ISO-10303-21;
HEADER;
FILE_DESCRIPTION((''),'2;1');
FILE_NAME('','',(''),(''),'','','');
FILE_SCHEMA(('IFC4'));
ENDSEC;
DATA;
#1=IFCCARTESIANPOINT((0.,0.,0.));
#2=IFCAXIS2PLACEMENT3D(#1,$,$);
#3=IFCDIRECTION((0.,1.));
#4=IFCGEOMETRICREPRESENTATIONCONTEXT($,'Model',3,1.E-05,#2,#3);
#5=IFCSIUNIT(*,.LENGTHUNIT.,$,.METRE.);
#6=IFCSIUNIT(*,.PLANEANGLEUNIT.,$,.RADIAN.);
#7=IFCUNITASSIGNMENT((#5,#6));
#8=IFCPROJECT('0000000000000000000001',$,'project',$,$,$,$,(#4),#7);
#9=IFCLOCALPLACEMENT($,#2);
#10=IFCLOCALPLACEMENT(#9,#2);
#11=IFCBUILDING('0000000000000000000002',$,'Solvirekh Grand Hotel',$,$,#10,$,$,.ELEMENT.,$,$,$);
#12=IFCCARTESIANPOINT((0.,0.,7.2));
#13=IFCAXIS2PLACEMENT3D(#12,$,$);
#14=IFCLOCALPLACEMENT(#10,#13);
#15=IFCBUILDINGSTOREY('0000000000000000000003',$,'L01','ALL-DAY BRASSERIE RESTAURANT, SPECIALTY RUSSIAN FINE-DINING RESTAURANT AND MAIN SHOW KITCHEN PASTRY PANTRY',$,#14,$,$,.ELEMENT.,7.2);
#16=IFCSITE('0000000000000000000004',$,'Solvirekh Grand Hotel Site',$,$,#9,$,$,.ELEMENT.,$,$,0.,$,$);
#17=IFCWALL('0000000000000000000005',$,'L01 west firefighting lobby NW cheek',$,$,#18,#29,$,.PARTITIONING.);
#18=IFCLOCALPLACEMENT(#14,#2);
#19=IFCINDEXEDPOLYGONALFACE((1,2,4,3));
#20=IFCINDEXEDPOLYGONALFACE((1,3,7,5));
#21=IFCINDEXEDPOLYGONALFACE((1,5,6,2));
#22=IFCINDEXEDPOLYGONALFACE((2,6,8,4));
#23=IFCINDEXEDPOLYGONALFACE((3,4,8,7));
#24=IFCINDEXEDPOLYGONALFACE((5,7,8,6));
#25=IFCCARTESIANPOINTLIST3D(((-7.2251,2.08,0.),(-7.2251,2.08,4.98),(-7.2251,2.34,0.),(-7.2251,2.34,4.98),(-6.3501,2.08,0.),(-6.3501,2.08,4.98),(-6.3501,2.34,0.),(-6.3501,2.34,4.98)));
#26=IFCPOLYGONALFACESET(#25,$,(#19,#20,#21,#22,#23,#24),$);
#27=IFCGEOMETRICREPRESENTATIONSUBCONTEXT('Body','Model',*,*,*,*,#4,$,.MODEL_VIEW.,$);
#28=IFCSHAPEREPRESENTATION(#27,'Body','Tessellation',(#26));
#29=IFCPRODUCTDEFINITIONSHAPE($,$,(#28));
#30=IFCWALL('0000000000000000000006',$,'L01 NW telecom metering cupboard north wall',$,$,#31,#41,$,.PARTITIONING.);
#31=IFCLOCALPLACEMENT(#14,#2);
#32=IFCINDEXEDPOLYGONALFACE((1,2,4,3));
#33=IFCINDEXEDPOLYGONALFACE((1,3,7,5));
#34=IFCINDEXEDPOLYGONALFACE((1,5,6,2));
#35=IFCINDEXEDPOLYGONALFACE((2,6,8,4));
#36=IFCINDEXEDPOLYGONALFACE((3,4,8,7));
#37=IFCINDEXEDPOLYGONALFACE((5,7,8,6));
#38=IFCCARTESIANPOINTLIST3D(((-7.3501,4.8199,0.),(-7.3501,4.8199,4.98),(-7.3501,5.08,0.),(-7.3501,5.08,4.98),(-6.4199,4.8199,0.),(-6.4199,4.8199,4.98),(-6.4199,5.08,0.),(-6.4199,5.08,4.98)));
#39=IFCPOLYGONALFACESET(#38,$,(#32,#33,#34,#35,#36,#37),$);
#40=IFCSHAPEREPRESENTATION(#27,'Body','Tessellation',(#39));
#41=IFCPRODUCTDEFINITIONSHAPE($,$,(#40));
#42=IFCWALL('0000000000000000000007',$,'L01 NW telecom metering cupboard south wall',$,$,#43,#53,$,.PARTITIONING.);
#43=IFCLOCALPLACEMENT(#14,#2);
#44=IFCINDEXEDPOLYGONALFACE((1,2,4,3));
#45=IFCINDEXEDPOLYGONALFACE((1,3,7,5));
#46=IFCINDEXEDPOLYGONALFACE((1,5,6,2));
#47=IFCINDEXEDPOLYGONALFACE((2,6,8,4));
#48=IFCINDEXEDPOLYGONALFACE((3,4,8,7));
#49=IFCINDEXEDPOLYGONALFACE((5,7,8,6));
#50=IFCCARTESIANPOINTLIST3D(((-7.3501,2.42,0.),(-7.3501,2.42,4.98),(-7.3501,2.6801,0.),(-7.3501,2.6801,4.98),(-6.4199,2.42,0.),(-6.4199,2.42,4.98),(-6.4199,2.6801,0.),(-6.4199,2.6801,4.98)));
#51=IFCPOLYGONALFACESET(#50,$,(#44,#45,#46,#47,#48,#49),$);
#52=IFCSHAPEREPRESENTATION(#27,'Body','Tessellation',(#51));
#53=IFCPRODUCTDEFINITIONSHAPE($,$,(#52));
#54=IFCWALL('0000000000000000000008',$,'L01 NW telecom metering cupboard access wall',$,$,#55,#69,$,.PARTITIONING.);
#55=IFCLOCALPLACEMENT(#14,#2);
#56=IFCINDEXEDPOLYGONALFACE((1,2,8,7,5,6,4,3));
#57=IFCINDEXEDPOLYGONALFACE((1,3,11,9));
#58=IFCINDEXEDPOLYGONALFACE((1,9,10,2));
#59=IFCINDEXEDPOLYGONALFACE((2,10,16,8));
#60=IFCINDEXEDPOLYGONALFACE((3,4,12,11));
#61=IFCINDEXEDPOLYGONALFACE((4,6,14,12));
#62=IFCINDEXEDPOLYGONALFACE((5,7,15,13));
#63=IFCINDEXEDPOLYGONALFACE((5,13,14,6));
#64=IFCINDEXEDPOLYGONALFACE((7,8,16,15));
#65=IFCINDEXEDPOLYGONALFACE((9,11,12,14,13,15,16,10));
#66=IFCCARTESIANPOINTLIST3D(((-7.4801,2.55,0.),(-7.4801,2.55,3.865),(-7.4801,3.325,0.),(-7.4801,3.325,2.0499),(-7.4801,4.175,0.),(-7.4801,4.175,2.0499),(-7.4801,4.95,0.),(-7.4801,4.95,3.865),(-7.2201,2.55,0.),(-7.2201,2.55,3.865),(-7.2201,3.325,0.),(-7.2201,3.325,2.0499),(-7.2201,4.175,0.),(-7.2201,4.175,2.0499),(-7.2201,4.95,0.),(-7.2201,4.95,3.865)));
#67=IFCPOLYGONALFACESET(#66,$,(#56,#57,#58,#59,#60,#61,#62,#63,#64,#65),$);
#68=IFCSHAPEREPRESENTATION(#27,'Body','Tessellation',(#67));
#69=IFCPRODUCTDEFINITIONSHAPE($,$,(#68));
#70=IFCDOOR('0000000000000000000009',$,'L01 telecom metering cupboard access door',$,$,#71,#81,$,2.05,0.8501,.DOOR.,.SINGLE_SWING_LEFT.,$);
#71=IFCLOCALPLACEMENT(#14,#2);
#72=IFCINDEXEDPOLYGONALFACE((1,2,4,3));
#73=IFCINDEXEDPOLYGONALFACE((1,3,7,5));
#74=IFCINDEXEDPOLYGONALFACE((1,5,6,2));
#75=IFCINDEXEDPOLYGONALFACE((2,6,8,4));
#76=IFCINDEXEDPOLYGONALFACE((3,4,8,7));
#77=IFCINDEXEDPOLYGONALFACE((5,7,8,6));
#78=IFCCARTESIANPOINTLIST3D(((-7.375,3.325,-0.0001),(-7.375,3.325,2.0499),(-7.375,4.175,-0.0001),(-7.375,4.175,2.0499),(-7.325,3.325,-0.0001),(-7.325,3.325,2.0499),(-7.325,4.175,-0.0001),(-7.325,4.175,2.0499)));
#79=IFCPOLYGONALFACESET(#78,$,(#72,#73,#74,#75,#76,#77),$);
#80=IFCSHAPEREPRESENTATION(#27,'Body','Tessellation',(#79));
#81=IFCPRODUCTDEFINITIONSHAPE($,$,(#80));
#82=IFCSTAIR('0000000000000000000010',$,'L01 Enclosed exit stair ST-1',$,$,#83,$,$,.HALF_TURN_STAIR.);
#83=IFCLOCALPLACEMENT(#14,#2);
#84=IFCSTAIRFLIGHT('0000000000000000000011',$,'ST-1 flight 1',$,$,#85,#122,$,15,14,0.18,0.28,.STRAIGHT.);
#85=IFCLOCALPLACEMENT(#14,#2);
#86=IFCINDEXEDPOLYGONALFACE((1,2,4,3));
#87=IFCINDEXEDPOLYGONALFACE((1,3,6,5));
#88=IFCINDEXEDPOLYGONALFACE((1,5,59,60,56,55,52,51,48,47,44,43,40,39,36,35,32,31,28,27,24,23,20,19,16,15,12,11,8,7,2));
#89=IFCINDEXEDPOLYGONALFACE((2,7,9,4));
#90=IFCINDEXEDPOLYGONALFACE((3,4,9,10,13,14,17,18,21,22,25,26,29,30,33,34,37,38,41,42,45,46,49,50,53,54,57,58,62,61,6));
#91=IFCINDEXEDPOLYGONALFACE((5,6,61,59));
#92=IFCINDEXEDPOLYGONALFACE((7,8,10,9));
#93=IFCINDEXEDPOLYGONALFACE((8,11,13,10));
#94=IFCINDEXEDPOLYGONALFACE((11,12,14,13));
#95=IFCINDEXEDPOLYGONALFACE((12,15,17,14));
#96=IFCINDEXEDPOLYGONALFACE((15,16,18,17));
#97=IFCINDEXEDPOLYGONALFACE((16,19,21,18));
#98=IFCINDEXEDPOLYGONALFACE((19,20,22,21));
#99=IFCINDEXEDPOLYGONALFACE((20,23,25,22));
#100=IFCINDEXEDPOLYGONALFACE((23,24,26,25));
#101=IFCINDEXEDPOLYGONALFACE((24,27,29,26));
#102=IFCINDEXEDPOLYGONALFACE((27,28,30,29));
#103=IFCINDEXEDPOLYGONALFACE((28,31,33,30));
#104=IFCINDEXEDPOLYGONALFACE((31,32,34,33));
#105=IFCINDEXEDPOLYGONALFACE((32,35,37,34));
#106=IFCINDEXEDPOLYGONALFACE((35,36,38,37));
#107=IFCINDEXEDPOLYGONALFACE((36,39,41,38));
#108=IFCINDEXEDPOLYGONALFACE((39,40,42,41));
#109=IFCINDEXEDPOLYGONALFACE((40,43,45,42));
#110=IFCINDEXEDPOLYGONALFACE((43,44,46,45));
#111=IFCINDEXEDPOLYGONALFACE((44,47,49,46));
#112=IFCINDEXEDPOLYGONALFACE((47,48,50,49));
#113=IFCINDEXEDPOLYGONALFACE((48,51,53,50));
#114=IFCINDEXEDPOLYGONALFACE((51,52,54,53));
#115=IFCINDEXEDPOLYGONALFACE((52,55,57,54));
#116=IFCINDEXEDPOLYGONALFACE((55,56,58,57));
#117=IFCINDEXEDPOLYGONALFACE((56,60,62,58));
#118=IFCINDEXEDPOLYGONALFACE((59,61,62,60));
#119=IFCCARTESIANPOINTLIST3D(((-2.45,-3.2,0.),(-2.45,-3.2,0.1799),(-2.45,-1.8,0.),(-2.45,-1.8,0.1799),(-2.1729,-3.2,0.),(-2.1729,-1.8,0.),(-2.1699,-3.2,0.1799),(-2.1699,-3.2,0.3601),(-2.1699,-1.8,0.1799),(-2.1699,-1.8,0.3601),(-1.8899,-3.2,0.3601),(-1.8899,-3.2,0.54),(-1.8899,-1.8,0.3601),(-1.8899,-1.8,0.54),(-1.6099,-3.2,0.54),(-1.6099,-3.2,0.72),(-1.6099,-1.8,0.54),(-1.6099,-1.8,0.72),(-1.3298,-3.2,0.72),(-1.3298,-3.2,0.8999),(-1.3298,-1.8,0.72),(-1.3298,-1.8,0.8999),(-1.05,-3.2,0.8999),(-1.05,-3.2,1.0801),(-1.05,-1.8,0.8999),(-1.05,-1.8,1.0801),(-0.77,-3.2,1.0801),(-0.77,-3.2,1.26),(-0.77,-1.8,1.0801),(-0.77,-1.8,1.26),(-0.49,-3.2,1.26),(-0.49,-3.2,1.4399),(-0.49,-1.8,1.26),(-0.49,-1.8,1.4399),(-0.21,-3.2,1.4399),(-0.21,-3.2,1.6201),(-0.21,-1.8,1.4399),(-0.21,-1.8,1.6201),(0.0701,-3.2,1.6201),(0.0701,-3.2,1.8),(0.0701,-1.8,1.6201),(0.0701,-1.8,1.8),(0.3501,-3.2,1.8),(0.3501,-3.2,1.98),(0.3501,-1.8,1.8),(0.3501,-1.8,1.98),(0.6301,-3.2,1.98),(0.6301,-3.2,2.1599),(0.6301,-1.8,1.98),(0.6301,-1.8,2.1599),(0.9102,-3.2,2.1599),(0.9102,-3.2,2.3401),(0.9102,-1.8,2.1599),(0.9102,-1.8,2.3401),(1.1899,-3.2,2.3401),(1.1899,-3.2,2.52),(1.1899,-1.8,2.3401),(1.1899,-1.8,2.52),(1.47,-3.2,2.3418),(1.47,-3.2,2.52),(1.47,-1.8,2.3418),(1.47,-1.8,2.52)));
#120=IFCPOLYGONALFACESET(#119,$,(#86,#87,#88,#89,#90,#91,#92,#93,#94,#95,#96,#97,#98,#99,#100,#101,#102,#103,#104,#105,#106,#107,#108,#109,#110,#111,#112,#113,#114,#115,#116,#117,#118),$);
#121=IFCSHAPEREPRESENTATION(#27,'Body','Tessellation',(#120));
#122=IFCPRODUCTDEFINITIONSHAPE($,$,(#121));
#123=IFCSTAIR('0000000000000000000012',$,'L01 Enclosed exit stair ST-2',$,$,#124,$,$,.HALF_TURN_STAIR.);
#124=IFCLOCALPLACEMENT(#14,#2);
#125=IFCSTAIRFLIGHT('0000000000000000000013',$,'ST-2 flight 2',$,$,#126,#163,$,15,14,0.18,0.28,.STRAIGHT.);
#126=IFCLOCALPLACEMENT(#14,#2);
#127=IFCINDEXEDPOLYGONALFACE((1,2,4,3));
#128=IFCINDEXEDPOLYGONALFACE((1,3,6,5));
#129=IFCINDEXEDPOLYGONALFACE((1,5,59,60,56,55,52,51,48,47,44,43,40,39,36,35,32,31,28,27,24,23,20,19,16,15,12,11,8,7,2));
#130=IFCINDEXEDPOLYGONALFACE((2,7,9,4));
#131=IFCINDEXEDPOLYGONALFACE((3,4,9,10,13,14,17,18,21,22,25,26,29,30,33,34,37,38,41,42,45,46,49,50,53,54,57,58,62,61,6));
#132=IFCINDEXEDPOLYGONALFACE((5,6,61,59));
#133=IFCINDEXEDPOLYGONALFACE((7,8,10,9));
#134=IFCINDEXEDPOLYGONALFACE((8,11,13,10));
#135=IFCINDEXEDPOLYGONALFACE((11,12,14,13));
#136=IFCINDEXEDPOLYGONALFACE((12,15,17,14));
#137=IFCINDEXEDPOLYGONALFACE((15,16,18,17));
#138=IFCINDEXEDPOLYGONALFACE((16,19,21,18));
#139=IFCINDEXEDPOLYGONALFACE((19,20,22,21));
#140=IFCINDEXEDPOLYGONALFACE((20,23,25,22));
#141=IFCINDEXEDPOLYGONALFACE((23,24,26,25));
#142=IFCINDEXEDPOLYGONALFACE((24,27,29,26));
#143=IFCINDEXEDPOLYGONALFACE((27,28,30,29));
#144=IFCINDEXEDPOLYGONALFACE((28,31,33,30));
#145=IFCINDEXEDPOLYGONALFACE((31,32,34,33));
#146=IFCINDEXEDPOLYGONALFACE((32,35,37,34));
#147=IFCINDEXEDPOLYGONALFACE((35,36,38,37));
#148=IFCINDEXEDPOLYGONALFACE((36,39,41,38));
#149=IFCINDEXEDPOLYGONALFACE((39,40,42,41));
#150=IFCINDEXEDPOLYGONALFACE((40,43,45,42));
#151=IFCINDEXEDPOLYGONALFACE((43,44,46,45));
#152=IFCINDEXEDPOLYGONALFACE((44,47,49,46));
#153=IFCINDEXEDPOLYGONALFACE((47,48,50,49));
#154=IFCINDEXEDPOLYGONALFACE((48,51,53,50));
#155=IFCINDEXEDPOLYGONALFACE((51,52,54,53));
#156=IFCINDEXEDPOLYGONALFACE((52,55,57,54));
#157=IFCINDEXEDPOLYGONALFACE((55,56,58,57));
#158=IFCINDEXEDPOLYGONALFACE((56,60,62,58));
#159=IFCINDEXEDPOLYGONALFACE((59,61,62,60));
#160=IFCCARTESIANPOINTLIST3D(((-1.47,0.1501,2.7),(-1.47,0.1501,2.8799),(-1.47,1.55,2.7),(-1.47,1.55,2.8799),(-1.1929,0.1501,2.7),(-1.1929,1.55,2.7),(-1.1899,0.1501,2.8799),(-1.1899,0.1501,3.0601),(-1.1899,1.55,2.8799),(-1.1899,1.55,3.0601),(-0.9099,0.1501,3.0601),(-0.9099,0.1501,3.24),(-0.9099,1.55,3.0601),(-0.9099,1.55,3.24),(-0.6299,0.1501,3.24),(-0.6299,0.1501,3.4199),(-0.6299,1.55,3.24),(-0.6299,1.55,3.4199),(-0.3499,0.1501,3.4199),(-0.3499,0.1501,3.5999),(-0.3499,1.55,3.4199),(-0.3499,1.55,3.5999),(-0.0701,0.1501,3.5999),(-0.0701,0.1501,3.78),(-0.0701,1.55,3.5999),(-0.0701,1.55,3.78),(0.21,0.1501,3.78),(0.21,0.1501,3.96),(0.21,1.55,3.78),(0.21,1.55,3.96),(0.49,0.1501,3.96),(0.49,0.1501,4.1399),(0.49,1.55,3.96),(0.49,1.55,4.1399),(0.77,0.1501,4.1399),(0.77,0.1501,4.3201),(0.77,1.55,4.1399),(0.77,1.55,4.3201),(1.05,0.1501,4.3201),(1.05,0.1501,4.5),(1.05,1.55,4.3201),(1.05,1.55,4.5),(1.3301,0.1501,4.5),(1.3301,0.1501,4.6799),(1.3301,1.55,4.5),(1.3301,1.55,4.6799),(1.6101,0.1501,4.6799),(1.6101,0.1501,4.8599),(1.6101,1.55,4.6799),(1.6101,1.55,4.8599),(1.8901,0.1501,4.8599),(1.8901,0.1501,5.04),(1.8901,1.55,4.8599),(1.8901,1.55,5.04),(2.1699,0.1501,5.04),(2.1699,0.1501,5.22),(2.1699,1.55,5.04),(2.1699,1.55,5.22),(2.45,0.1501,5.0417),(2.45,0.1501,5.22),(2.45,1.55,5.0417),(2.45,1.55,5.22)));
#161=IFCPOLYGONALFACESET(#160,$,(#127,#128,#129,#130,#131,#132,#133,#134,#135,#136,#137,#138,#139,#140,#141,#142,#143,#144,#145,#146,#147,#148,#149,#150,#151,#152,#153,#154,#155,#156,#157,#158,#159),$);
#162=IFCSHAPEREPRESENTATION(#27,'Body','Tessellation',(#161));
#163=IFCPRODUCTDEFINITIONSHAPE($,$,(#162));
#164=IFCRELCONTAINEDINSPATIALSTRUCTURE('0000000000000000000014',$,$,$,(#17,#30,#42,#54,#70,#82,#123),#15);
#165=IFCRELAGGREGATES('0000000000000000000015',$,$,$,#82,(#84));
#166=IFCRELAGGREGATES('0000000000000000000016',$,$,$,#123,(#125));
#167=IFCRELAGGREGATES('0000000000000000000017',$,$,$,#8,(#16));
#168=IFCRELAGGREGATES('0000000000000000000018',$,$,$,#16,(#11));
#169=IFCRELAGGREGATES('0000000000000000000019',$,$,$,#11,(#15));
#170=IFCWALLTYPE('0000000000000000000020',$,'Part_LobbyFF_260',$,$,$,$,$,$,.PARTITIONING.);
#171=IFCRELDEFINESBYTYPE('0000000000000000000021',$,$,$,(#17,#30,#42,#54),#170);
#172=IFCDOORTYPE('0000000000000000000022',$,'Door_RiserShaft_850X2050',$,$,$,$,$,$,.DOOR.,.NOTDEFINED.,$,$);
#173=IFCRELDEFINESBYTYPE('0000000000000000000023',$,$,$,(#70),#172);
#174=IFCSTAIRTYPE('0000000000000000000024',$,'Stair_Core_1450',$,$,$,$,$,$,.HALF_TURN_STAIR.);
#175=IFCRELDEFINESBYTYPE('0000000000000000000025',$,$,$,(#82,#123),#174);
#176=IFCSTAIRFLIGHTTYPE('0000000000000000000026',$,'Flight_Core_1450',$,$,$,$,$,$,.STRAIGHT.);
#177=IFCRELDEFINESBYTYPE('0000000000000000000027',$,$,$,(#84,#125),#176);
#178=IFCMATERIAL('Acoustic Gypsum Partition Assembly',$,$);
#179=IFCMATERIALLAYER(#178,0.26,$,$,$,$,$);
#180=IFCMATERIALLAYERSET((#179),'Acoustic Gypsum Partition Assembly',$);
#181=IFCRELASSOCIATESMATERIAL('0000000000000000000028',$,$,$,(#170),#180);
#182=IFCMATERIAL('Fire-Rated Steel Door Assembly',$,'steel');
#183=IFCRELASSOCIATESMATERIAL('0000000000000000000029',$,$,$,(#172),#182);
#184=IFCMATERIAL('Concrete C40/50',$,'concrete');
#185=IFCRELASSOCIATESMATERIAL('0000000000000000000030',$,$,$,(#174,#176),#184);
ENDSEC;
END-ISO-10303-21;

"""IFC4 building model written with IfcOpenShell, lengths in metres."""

from ifc_helpers import new_model, si_unit, direction, frame, frame_2d, origin, place, context, subcontext, project, spatial, polyline, rectangle, outline, extrude, material, layer, layer_set, type_object, element, fill, aggregate, save


model = new_model("IFC4")

# Units and contexts
model_context = context("Model", 3, precision=1e-05, world=origin(), true_north=direction((0.0, 1.0)))
body_context = subcontext(model_context, "Body", "Model", "MODEL_VIEW")
ifc_project = project(units=[si_unit("LENGTHUNIT", "METRE"), si_unit("PLANEANGLEUNIT", "RADIAN")], contexts=[model_context])

# Site, building, storey
site_placement = place(None, origin())
site = spatial("IfcSite", under=ifc_project, at=site_placement, Name="Solvirekh Grand Hotel Site", CompositionType="ELEMENT", RefElevation=0.0)
building_placement = place(site_placement, origin())
building = spatial("IfcBuilding", under=site, at=building_placement, Name="Solvirekh Grand Hotel", CompositionType="ELEMENT")
storey_placement = place(building_placement, frame((0.0, 0.0, 7.2)))
storey = spatial("IfcBuildingStorey", under=building, at=storey_placement, Name="L01", Description="ALL-DAY BRASSERIE RESTAURANT, SPECIALTY RUSSIAN FINE-DINING RESTAURANT AND MAIN SHOW KITCHEN PASTRY PANTRY", CompositionType="ELEMENT", Elevation=7.2)

# Shared definitions
ifc_material_1 = material(Name="Concrete C40/50", Category="concrete")

# Shared definitions
ifc_material_2 = material(Name="Fire-Rated Steel Door Assembly", Category="steel")

# Walls
ifc_material_3 = material(Name="Acoustic Gypsum Partition Assembly")
ifc_layer_1 = layer(ifc_material_3, 0.26)
ifc_layer_set_1 = layer_set([ifc_layer_1], Name="Acoustic Gypsum Partition Assembly")
wall_type_1 = type_object("IfcWallType", Name="Part_LobbyFF_260", PredefinedType="PARTITIONING", material=ifc_layer_set_1)
wall_1_placement = place(storey_placement, frame((-7.2251, 2.21, 0.0), z_axis=(0.0, 0.0, 1.0), x_axis=(1.0, 0.0, 0.0)))
element("IfcWall", 1, at=wall_1_placement, inside=storey, type_object=wall_type_1, Name="L01 west firefighting lobby NW cheek", PredefinedType="PARTITIONING", context=body_context, shape_type="SweptSolid", body=[
    extrude(rectangle(XDim=0.875, YDim=0.26, at=frame_2d((0.4375, 0.0))), origin(), (0.0, 0.0, 1.0), 4.98),
])
for number, where, z_axis, x_axis, name in (
    (2, (-7.3501, 4.95, 0.0), (0.0, 0.0, 1.0), (1.0, 0.0, 0.0), "L01 NW telecom metering cupboard north wall"),
    (3, (-7.3501, 2.55, 0.0), (0.0, 0.0, 1.0), (1.0, 0.0, 0.0), "L01 NW telecom metering cupboard south wall"),
):
    element("IfcWall", number, at=place(storey_placement, frame(where, z_axis=z_axis, x_axis=x_axis)), inside=storey, type_object=wall_type_1, Name=name, PredefinedType="PARTITIONING", context=body_context, shape_type="SweptSolid", body=[
        extrude(rectangle(XDim=0.9302, YDim=0.26, at=frame_2d((0.4651, 0.0))), origin(), (0.0, 0.0, 1.0), 4.98),
    ])

# Wall, opening, door
wall_2_placement = place(storey_placement, frame((-7.3501, 2.55, 0.0), z_axis=(0.0, 0.0, 1.0), x_axis=(0.0, 1.0, 0.0)))
wall_2 = element("IfcWall", 4, at=wall_2_placement, inside=storey, type_object=wall_type_1, Name="L01 NW telecom metering cupboard access wall", PredefinedType="PARTITIONING", context=body_context, shape_type="SweptSolid", body=[
    extrude(rectangle(XDim=2.3999, YDim=0.26, at=frame_2d((1.2, 0.0))), origin(), (0.0, 0.0, 1.0), 3.865),
])
opening_1_placement = place(wall_2_placement, frame((0.7749, 0.0, 0.0)))
opening_1 = element("IfcOpeningElement", 5, at=opening_1_placement, cuts=wall_2, PredefinedType="OPENING", context=body_context, shape_type="SweptSolid", body=[
    extrude(rectangle(XDim=0.8501, YDim=2.05, at=frame_2d((0.425, 1.0249))), frame((0.0, 0.1401, 0.0), z_axis=(0.0, -1.0, 0.0), x_axis=(1.0, 0.0, 0.0)), (0.0, 0.0, 1.0), 0.28),
])
door_type_1 = type_object("IfcDoorType", Name="Door_RiserShaft_850X2050", OperationType="NOTDEFINED", PredefinedType="DOOR", material=ifc_material_2)
door_1_placement = place(opening_1_placement, origin())
door_1 = element("IfcDoor", 6, at=door_1_placement, inside=storey, type_object=door_type_1, Name="L01 telecom metering cupboard access door", OperationType="SINGLE_SWING_LEFT", OverallHeight=2.05, OverallWidth=0.8501, PredefinedType="DOOR", context=body_context, shape_type="SweptSolid", body=[
    extrude(rectangle(XDim=0.8501, YDim=2.05, at=frame_2d((0.425, 1.0249))), frame((0.0, 0.0249, 0.0), z_axis=(0.0, -1.0, 0.0), x_axis=(1.0, 0.0, 0.0)), (0.0, 0.0, 1.0), 0.05),
])
fill(opening_1, door_1)

# Stairs, stair flights
stair_type = type_object("IfcStairType", Name="Stair_Core_1450", PredefinedType="HALF_TURN_STAIR", material=ifc_material_1)
stair_1_placement = place(storey_placement, origin())
stair_1 = element("IfcStair", 7, at=stair_1_placement, inside=storey, type_object=stair_type, Name="L01 Enclosed exit stair ST-1", PredefinedType="HALF_TURN_STAIR")
stair_flight_type = type_object("IfcStairFlightType", Name="Flight_Core_1450", PredefinedType="STRAIGHT", material=ifc_material_1)
stair_flight_1_placement = place(storey_placement, frame((-2.45, -2.5, 0.0), z_axis=(0.0, 0.0, 1.0), x_axis=(1.0, 0.0, 0.0)))
stair_flight_1 = element("IfcStairFlight", 8, at=stair_flight_1_placement, type_object=stair_flight_type, Name="ST-1 flight 1", NumberOfRisers=15, NumberOfTreads=14, PredefinedType="STRAIGHT", RiserHeight=0.18, TreadLength=0.28, context=body_context, shape_type="SweptSolid", body=[
    extrude(outline(polyline([(0.0, 0.0), (0.0, 0.1799), (0.28, 0.1799), (0.28, 0.3601), (0.5601, 0.3601), (0.5601, 0.54), (0.8401, 0.54), (0.8401, 0.72), (1.1201, 0.72), (1.1201, 0.8999), (1.3999, 0.8999), (1.3999, 1.0801), (1.6799, 1.0801), (1.6799, 1.26), (1.96, 1.26), (1.96, 1.4399), (2.24, 1.4399), (2.24, 1.6201), (2.52, 1.6201), (2.52, 1.8), (2.8, 1.8), (2.8, 1.98), (3.0801, 1.98), (3.0801, 2.1599), (3.3601, 2.1599), (3.3601, 2.3401), (3.6399, 2.3401), (3.6399, 2.52), (3.9199, 2.52), (3.9199, 2.7), (3.9199, 2.3418), (0.2771, 0.0), (0.0, 0.0)])), frame((0.0, 0.7, 0.0), z_axis=(0.0, -1.0, 0.0), x_axis=(1.0, 0.0, 0.0)), (0.0, 0.0, 1.0), 1.3999),
])
aggregate(stair_1, [stair_flight_1])
stair_2_placement = place(storey_placement, origin())
stair_2 = element("IfcStair", 9, at=stair_2_placement, inside=storey, type_object=stair_type, Name="L01 Enclosed exit stair ST-2", PredefinedType="HALF_TURN_STAIR")
stair_flight_2_placement = place(storey_placement, frame((-1.47, 0.8501, 2.7), z_axis=(0.0, 0.0, 1.0), x_axis=(1.0, 0.0, 0.0)))
stair_flight_2 = element("IfcStairFlight", 10, at=stair_flight_2_placement, type_object=stair_flight_type, Name="ST-2 flight 2", NumberOfRisers=15, NumberOfTreads=14, PredefinedType="STRAIGHT", RiserHeight=0.18, TreadLength=0.28, context=body_context, shape_type="SweptSolid", body=[
    extrude(outline(polyline([(0.0, 0.0), (0.0, 0.1799), (0.28, 0.1799), (0.28, 0.3601), (0.5601, 0.3601), (0.5601, 0.54), (0.8401, 0.54), (0.8401, 0.72), (1.1201, 0.72), (1.1201, 0.8999), (1.3999, 0.8999), (1.3999, 1.0801), (1.6799, 1.0801), (1.6799, 1.26), (1.96, 1.26), (1.96, 1.4399), (2.24, 1.4399), (2.24, 1.6201), (2.52, 1.6201), (2.52, 1.8), (2.8, 1.8), (2.8, 1.98), (3.0801, 1.98), (3.0801, 2.1599), (3.3601, 2.1599), (3.3601, 2.3401), (3.6399, 2.3401), (3.6399, 2.52), (3.9199, 2.52), (3.9199, 2.7), (3.9199, 2.3418), (0.2771, 0.0), (0.0, 0.0)])), frame((0.0, 0.7, 0.0), z_axis=(0.0, -1.0, 0.0), x_axis=(1.0, 0.0, 0.0)), (0.0, 0.0, 1.0), 1.3999),
])
aggregate(stair_2, [stair_flight_2])

save(model, "model.ifc")
